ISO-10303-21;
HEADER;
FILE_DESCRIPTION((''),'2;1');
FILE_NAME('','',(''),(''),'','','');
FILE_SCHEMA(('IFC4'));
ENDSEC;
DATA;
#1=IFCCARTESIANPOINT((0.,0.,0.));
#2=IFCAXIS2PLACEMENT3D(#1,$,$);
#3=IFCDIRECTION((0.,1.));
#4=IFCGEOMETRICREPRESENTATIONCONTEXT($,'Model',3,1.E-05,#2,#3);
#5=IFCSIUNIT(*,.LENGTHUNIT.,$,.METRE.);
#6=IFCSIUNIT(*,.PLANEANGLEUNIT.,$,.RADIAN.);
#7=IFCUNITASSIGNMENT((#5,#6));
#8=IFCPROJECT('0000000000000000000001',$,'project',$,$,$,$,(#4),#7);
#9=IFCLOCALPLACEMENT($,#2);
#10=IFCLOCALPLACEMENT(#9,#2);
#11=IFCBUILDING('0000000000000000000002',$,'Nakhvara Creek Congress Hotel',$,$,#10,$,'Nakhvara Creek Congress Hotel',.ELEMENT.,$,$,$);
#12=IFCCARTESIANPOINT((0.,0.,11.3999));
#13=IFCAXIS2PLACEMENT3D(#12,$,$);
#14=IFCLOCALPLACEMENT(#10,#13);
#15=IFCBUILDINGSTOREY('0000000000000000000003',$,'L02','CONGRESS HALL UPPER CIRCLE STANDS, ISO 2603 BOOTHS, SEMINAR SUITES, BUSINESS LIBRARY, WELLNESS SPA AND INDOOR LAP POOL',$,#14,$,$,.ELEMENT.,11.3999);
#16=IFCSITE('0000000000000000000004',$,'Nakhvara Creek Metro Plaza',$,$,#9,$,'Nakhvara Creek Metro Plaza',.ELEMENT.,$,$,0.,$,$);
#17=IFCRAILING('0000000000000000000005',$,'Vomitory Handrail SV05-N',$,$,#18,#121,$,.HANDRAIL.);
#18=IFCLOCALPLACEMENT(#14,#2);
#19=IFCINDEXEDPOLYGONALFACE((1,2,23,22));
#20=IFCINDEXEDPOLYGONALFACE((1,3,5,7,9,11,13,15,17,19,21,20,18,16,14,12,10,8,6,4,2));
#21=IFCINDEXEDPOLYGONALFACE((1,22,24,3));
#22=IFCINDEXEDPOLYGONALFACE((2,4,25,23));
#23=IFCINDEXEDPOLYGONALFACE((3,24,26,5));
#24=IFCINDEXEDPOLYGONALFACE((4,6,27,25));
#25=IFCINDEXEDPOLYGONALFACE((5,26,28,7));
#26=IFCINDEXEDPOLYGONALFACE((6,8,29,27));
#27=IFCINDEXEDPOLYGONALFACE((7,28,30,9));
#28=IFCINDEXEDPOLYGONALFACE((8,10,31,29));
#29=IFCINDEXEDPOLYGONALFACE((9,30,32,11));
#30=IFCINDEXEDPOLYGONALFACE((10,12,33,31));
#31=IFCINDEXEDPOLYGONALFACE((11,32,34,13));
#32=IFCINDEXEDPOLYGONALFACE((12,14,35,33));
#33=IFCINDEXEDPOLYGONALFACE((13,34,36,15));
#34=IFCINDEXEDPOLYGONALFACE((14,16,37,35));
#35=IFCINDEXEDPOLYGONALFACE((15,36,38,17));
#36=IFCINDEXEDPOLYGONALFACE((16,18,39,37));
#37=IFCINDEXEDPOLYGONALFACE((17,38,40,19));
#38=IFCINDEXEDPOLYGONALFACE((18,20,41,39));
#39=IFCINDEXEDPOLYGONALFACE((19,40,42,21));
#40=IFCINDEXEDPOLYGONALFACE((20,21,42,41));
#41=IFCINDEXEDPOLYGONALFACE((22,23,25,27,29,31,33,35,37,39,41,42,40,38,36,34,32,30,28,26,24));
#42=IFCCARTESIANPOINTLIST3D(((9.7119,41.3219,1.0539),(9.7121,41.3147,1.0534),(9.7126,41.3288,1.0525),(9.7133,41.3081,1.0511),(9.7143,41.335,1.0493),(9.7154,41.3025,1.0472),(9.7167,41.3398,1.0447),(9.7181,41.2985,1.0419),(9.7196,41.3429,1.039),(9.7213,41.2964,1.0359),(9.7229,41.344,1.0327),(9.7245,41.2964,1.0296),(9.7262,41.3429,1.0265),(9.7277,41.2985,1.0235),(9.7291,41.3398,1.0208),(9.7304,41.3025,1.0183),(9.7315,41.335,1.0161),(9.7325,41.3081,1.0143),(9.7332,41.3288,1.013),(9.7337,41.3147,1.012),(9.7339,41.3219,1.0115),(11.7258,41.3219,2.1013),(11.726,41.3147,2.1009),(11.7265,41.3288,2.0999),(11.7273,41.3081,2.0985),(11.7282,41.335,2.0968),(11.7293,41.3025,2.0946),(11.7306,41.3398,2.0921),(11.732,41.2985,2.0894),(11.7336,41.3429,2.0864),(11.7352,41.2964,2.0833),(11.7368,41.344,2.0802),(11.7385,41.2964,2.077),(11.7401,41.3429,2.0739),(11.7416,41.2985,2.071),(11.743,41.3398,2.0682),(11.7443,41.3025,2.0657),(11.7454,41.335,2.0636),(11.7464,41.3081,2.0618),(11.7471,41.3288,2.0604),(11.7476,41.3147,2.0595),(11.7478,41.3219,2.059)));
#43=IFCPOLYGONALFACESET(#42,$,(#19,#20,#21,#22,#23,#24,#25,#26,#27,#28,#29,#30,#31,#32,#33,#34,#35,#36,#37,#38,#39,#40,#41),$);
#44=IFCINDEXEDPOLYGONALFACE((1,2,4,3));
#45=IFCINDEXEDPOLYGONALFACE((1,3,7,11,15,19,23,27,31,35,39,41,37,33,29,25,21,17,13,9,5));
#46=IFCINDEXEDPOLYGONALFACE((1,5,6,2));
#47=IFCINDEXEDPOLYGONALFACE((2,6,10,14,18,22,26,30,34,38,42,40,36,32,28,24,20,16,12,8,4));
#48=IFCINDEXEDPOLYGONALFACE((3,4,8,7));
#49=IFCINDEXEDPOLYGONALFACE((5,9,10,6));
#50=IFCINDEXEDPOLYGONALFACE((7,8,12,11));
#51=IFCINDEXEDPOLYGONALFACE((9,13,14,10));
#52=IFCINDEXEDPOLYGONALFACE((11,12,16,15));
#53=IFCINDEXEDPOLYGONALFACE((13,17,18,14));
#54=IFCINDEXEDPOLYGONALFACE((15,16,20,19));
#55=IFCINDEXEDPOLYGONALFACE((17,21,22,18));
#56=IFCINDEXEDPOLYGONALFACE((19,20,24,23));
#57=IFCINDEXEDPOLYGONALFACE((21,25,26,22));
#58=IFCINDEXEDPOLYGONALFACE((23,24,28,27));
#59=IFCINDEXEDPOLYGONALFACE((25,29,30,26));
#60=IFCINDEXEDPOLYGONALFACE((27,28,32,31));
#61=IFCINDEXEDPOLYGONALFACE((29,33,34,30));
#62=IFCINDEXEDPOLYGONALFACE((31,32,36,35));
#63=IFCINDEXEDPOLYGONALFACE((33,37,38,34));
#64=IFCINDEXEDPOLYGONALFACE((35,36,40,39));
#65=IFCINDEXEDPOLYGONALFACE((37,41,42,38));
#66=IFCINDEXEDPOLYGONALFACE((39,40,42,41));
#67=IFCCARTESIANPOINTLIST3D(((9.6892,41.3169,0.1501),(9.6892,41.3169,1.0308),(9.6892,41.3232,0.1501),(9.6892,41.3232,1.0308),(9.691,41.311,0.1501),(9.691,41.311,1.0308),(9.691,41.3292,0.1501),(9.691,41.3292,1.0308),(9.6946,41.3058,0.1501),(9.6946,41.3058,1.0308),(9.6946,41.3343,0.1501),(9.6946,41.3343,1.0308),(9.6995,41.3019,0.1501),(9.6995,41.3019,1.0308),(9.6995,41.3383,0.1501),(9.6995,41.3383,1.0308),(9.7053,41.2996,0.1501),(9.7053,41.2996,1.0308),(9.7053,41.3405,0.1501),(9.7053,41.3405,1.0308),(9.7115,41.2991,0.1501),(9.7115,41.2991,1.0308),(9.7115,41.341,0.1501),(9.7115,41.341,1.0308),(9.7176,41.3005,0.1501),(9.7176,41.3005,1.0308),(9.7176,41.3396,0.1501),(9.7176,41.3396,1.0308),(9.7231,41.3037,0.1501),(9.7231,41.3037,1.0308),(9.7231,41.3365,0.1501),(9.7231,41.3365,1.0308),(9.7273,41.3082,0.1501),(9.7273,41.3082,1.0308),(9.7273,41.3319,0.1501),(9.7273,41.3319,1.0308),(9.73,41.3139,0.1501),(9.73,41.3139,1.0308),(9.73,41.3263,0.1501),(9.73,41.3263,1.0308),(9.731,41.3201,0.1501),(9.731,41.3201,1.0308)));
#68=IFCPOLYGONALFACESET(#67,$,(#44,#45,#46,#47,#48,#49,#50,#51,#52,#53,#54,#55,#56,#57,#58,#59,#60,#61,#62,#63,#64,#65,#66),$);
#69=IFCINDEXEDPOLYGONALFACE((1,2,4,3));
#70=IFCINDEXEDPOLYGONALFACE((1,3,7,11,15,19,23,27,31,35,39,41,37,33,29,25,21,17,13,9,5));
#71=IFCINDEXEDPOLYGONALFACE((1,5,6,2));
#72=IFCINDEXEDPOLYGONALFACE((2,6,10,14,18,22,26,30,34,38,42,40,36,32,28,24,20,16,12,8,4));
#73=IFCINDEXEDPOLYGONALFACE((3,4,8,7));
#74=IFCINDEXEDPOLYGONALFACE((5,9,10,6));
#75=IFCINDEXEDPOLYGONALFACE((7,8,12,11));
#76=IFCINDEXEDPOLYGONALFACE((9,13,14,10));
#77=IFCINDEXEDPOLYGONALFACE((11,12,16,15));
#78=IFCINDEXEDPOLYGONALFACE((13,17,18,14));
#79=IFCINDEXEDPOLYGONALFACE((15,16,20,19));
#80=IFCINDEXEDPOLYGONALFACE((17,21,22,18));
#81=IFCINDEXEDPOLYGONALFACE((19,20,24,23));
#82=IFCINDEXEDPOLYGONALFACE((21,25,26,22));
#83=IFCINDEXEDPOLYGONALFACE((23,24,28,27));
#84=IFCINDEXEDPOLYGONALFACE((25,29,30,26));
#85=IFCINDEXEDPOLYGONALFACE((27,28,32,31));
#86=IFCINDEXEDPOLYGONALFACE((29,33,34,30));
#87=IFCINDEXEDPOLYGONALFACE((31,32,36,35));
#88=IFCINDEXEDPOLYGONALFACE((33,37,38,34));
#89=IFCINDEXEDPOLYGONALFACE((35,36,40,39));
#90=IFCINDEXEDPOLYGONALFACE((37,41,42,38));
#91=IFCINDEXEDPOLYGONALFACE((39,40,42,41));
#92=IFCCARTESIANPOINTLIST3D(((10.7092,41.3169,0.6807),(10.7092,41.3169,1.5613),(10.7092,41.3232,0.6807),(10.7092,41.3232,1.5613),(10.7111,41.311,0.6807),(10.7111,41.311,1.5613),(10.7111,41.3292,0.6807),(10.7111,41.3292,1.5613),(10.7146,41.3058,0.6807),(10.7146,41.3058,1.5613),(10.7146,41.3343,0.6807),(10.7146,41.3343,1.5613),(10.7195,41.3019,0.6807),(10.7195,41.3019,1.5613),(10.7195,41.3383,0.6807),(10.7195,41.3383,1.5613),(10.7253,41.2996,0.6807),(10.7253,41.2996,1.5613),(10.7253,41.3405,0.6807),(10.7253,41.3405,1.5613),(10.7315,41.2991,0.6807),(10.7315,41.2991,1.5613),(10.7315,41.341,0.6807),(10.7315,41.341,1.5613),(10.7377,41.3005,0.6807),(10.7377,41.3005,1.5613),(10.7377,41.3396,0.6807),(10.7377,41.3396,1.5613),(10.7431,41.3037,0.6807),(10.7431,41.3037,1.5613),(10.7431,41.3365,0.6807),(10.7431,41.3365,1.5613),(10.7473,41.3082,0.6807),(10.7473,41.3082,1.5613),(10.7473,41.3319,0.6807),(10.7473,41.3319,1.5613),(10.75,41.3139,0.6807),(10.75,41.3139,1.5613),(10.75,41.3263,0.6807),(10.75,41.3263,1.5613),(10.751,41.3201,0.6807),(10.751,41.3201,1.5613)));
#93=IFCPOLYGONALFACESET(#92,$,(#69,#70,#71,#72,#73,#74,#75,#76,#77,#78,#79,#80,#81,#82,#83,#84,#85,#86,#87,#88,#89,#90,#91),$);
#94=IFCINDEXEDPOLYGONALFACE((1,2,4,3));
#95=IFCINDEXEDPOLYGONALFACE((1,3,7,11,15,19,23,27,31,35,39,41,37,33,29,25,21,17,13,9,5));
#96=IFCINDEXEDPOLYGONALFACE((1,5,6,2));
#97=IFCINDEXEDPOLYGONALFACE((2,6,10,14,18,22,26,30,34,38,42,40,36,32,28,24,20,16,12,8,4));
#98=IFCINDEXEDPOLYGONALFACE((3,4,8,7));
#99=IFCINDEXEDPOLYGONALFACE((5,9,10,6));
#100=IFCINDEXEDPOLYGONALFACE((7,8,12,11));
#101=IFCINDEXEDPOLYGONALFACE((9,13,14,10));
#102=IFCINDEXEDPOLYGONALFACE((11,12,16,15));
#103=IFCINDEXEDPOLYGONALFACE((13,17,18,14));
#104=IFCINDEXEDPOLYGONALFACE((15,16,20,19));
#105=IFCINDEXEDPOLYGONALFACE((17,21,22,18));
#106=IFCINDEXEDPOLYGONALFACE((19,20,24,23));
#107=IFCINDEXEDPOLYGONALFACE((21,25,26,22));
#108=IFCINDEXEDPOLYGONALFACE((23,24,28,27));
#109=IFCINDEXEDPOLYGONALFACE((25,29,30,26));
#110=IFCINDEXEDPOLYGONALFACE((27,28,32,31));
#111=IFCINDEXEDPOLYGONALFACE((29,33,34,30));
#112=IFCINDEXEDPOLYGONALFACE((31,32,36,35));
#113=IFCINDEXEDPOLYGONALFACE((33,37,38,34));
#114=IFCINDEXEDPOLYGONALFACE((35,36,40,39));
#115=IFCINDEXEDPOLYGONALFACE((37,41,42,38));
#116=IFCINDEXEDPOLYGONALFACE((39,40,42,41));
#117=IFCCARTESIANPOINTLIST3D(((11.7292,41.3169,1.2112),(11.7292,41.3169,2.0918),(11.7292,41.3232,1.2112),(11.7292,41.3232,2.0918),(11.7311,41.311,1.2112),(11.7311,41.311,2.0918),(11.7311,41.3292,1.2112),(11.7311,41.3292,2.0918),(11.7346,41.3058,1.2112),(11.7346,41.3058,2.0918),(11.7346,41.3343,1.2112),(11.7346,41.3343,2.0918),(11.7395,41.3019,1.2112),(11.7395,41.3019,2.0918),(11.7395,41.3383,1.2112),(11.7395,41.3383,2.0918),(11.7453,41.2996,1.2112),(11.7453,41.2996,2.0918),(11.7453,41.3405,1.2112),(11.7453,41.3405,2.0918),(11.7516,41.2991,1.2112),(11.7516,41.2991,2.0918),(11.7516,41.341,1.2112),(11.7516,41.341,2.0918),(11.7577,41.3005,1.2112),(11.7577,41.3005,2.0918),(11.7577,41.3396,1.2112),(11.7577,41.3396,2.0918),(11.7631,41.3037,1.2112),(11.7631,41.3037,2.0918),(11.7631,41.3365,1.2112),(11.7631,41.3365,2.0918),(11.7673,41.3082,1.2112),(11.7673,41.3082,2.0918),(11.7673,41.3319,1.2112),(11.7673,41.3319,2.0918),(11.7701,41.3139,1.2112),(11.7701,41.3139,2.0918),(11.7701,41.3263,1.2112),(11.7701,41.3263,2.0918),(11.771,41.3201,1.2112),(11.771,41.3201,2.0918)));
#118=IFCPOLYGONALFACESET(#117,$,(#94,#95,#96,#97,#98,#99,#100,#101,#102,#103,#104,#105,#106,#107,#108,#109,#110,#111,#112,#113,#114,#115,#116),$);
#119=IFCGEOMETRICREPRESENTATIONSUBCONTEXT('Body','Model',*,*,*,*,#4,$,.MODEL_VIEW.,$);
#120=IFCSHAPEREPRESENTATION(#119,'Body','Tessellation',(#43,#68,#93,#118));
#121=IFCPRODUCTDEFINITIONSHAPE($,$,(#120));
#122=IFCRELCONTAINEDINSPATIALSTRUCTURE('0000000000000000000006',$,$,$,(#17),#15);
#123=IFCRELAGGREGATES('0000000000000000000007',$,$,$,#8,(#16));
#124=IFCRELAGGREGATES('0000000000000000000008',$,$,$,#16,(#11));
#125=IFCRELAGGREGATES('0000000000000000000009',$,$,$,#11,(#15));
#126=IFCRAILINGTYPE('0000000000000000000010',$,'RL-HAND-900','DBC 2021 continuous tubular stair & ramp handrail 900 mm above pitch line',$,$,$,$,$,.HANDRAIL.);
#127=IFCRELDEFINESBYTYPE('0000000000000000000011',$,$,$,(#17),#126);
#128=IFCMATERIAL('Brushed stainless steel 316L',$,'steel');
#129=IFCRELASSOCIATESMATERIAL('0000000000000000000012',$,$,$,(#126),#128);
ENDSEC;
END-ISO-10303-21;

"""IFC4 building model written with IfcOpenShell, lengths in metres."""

from ifc_helpers import new_model, si_unit, direction, frame, origin, origin_2d, place, context, subcontext, project, spatial, circle, extrude, material, type_object, element, save


model = new_model("IFC4")

# Units and contexts
model_context = context("Model", 3, precision=1e-05, world=origin(), true_north=direction((0.0, 1.0)))
body_context = subcontext(model_context, "Body", "Model", "MODEL_VIEW")
ifc_project = project(units=[si_unit("LENGTHUNIT", "METRE"), si_unit("PLANEANGLEUNIT", "RADIAN")], contexts=[model_context])

# Site, building, storey
site_placement = place(None, origin())
site = spatial("IfcSite", under=ifc_project, at=site_placement, Name="Nakhvara Creek Metro Plaza", LongName="Nakhvara Creek Metro Plaza", CompositionType="ELEMENT", RefElevation=0.0)
building_placement = place(site_placement, origin())
building = spatial("IfcBuilding", under=site, at=building_placement, Name="Nakhvara Creek Congress Hotel", LongName="Nakhvara Creek Congress Hotel", CompositionType="ELEMENT")
storey_placement = place(building_placement, frame((0.0, 0.0, 11.3999)))
storey = spatial("IfcBuildingStorey", under=building, at=storey_placement, Name="L02", Description="CONGRESS HALL UPPER CIRCLE STANDS, ISO 2603 BOOTHS, SEMINAR SUITES, BUSINESS LIBRARY, WELLNESS SPA AND INDOOR LAP POOL", CompositionType="ELEMENT", Elevation=11.3999)

# Railing
ifc_material_1 = material(Name="Brushed stainless steel 316L", Category="steel")
railing_type_1 = type_object("IfcRailingType", Name="RL-HAND-900", Description="DBC 2021 continuous tubular stair & ramp handrail 900 mm above pitch line", PredefinedType="HANDRAIL", material=ifc_material_1)
railing_1_placement = place(storey_placement, frame((9.71, 41.3201, 0.1501)))
element("IfcRailing", 1, at=railing_1_placement, inside=storey, type_object=railing_type_1, Name="Vomitory Handrail SV05-N", PredefinedType="HANDRAIL", context=body_context, shape_type="SweptSolid", body=[
    extrude(circle(Radius=0.0239, at=origin_2d()), frame((0.0129, 0.0, 0.8826), z_axis=(0.887179, 0.0, 0.461426), x_axis=(0.0, 1.0, 0.0)), (0.0, 0.0, 1.0), 2.27),
    extrude(circle(Radius=0.021, at=origin_2d()), origin(), (0.0, 0.0, 1.0), 0.8806),
    extrude(circle(Radius=0.021, at=origin_2d()), frame((1.02, 0.0, 0.5305)), (0.0, 0.0, 1.0), 0.8806),
    extrude(circle(Radius=0.021, at=origin_2d()), frame((2.04, 0.0, 1.061)), (0.0, 0.0, 1.0), 0.8806),
])

save(model, "model.ifc")
